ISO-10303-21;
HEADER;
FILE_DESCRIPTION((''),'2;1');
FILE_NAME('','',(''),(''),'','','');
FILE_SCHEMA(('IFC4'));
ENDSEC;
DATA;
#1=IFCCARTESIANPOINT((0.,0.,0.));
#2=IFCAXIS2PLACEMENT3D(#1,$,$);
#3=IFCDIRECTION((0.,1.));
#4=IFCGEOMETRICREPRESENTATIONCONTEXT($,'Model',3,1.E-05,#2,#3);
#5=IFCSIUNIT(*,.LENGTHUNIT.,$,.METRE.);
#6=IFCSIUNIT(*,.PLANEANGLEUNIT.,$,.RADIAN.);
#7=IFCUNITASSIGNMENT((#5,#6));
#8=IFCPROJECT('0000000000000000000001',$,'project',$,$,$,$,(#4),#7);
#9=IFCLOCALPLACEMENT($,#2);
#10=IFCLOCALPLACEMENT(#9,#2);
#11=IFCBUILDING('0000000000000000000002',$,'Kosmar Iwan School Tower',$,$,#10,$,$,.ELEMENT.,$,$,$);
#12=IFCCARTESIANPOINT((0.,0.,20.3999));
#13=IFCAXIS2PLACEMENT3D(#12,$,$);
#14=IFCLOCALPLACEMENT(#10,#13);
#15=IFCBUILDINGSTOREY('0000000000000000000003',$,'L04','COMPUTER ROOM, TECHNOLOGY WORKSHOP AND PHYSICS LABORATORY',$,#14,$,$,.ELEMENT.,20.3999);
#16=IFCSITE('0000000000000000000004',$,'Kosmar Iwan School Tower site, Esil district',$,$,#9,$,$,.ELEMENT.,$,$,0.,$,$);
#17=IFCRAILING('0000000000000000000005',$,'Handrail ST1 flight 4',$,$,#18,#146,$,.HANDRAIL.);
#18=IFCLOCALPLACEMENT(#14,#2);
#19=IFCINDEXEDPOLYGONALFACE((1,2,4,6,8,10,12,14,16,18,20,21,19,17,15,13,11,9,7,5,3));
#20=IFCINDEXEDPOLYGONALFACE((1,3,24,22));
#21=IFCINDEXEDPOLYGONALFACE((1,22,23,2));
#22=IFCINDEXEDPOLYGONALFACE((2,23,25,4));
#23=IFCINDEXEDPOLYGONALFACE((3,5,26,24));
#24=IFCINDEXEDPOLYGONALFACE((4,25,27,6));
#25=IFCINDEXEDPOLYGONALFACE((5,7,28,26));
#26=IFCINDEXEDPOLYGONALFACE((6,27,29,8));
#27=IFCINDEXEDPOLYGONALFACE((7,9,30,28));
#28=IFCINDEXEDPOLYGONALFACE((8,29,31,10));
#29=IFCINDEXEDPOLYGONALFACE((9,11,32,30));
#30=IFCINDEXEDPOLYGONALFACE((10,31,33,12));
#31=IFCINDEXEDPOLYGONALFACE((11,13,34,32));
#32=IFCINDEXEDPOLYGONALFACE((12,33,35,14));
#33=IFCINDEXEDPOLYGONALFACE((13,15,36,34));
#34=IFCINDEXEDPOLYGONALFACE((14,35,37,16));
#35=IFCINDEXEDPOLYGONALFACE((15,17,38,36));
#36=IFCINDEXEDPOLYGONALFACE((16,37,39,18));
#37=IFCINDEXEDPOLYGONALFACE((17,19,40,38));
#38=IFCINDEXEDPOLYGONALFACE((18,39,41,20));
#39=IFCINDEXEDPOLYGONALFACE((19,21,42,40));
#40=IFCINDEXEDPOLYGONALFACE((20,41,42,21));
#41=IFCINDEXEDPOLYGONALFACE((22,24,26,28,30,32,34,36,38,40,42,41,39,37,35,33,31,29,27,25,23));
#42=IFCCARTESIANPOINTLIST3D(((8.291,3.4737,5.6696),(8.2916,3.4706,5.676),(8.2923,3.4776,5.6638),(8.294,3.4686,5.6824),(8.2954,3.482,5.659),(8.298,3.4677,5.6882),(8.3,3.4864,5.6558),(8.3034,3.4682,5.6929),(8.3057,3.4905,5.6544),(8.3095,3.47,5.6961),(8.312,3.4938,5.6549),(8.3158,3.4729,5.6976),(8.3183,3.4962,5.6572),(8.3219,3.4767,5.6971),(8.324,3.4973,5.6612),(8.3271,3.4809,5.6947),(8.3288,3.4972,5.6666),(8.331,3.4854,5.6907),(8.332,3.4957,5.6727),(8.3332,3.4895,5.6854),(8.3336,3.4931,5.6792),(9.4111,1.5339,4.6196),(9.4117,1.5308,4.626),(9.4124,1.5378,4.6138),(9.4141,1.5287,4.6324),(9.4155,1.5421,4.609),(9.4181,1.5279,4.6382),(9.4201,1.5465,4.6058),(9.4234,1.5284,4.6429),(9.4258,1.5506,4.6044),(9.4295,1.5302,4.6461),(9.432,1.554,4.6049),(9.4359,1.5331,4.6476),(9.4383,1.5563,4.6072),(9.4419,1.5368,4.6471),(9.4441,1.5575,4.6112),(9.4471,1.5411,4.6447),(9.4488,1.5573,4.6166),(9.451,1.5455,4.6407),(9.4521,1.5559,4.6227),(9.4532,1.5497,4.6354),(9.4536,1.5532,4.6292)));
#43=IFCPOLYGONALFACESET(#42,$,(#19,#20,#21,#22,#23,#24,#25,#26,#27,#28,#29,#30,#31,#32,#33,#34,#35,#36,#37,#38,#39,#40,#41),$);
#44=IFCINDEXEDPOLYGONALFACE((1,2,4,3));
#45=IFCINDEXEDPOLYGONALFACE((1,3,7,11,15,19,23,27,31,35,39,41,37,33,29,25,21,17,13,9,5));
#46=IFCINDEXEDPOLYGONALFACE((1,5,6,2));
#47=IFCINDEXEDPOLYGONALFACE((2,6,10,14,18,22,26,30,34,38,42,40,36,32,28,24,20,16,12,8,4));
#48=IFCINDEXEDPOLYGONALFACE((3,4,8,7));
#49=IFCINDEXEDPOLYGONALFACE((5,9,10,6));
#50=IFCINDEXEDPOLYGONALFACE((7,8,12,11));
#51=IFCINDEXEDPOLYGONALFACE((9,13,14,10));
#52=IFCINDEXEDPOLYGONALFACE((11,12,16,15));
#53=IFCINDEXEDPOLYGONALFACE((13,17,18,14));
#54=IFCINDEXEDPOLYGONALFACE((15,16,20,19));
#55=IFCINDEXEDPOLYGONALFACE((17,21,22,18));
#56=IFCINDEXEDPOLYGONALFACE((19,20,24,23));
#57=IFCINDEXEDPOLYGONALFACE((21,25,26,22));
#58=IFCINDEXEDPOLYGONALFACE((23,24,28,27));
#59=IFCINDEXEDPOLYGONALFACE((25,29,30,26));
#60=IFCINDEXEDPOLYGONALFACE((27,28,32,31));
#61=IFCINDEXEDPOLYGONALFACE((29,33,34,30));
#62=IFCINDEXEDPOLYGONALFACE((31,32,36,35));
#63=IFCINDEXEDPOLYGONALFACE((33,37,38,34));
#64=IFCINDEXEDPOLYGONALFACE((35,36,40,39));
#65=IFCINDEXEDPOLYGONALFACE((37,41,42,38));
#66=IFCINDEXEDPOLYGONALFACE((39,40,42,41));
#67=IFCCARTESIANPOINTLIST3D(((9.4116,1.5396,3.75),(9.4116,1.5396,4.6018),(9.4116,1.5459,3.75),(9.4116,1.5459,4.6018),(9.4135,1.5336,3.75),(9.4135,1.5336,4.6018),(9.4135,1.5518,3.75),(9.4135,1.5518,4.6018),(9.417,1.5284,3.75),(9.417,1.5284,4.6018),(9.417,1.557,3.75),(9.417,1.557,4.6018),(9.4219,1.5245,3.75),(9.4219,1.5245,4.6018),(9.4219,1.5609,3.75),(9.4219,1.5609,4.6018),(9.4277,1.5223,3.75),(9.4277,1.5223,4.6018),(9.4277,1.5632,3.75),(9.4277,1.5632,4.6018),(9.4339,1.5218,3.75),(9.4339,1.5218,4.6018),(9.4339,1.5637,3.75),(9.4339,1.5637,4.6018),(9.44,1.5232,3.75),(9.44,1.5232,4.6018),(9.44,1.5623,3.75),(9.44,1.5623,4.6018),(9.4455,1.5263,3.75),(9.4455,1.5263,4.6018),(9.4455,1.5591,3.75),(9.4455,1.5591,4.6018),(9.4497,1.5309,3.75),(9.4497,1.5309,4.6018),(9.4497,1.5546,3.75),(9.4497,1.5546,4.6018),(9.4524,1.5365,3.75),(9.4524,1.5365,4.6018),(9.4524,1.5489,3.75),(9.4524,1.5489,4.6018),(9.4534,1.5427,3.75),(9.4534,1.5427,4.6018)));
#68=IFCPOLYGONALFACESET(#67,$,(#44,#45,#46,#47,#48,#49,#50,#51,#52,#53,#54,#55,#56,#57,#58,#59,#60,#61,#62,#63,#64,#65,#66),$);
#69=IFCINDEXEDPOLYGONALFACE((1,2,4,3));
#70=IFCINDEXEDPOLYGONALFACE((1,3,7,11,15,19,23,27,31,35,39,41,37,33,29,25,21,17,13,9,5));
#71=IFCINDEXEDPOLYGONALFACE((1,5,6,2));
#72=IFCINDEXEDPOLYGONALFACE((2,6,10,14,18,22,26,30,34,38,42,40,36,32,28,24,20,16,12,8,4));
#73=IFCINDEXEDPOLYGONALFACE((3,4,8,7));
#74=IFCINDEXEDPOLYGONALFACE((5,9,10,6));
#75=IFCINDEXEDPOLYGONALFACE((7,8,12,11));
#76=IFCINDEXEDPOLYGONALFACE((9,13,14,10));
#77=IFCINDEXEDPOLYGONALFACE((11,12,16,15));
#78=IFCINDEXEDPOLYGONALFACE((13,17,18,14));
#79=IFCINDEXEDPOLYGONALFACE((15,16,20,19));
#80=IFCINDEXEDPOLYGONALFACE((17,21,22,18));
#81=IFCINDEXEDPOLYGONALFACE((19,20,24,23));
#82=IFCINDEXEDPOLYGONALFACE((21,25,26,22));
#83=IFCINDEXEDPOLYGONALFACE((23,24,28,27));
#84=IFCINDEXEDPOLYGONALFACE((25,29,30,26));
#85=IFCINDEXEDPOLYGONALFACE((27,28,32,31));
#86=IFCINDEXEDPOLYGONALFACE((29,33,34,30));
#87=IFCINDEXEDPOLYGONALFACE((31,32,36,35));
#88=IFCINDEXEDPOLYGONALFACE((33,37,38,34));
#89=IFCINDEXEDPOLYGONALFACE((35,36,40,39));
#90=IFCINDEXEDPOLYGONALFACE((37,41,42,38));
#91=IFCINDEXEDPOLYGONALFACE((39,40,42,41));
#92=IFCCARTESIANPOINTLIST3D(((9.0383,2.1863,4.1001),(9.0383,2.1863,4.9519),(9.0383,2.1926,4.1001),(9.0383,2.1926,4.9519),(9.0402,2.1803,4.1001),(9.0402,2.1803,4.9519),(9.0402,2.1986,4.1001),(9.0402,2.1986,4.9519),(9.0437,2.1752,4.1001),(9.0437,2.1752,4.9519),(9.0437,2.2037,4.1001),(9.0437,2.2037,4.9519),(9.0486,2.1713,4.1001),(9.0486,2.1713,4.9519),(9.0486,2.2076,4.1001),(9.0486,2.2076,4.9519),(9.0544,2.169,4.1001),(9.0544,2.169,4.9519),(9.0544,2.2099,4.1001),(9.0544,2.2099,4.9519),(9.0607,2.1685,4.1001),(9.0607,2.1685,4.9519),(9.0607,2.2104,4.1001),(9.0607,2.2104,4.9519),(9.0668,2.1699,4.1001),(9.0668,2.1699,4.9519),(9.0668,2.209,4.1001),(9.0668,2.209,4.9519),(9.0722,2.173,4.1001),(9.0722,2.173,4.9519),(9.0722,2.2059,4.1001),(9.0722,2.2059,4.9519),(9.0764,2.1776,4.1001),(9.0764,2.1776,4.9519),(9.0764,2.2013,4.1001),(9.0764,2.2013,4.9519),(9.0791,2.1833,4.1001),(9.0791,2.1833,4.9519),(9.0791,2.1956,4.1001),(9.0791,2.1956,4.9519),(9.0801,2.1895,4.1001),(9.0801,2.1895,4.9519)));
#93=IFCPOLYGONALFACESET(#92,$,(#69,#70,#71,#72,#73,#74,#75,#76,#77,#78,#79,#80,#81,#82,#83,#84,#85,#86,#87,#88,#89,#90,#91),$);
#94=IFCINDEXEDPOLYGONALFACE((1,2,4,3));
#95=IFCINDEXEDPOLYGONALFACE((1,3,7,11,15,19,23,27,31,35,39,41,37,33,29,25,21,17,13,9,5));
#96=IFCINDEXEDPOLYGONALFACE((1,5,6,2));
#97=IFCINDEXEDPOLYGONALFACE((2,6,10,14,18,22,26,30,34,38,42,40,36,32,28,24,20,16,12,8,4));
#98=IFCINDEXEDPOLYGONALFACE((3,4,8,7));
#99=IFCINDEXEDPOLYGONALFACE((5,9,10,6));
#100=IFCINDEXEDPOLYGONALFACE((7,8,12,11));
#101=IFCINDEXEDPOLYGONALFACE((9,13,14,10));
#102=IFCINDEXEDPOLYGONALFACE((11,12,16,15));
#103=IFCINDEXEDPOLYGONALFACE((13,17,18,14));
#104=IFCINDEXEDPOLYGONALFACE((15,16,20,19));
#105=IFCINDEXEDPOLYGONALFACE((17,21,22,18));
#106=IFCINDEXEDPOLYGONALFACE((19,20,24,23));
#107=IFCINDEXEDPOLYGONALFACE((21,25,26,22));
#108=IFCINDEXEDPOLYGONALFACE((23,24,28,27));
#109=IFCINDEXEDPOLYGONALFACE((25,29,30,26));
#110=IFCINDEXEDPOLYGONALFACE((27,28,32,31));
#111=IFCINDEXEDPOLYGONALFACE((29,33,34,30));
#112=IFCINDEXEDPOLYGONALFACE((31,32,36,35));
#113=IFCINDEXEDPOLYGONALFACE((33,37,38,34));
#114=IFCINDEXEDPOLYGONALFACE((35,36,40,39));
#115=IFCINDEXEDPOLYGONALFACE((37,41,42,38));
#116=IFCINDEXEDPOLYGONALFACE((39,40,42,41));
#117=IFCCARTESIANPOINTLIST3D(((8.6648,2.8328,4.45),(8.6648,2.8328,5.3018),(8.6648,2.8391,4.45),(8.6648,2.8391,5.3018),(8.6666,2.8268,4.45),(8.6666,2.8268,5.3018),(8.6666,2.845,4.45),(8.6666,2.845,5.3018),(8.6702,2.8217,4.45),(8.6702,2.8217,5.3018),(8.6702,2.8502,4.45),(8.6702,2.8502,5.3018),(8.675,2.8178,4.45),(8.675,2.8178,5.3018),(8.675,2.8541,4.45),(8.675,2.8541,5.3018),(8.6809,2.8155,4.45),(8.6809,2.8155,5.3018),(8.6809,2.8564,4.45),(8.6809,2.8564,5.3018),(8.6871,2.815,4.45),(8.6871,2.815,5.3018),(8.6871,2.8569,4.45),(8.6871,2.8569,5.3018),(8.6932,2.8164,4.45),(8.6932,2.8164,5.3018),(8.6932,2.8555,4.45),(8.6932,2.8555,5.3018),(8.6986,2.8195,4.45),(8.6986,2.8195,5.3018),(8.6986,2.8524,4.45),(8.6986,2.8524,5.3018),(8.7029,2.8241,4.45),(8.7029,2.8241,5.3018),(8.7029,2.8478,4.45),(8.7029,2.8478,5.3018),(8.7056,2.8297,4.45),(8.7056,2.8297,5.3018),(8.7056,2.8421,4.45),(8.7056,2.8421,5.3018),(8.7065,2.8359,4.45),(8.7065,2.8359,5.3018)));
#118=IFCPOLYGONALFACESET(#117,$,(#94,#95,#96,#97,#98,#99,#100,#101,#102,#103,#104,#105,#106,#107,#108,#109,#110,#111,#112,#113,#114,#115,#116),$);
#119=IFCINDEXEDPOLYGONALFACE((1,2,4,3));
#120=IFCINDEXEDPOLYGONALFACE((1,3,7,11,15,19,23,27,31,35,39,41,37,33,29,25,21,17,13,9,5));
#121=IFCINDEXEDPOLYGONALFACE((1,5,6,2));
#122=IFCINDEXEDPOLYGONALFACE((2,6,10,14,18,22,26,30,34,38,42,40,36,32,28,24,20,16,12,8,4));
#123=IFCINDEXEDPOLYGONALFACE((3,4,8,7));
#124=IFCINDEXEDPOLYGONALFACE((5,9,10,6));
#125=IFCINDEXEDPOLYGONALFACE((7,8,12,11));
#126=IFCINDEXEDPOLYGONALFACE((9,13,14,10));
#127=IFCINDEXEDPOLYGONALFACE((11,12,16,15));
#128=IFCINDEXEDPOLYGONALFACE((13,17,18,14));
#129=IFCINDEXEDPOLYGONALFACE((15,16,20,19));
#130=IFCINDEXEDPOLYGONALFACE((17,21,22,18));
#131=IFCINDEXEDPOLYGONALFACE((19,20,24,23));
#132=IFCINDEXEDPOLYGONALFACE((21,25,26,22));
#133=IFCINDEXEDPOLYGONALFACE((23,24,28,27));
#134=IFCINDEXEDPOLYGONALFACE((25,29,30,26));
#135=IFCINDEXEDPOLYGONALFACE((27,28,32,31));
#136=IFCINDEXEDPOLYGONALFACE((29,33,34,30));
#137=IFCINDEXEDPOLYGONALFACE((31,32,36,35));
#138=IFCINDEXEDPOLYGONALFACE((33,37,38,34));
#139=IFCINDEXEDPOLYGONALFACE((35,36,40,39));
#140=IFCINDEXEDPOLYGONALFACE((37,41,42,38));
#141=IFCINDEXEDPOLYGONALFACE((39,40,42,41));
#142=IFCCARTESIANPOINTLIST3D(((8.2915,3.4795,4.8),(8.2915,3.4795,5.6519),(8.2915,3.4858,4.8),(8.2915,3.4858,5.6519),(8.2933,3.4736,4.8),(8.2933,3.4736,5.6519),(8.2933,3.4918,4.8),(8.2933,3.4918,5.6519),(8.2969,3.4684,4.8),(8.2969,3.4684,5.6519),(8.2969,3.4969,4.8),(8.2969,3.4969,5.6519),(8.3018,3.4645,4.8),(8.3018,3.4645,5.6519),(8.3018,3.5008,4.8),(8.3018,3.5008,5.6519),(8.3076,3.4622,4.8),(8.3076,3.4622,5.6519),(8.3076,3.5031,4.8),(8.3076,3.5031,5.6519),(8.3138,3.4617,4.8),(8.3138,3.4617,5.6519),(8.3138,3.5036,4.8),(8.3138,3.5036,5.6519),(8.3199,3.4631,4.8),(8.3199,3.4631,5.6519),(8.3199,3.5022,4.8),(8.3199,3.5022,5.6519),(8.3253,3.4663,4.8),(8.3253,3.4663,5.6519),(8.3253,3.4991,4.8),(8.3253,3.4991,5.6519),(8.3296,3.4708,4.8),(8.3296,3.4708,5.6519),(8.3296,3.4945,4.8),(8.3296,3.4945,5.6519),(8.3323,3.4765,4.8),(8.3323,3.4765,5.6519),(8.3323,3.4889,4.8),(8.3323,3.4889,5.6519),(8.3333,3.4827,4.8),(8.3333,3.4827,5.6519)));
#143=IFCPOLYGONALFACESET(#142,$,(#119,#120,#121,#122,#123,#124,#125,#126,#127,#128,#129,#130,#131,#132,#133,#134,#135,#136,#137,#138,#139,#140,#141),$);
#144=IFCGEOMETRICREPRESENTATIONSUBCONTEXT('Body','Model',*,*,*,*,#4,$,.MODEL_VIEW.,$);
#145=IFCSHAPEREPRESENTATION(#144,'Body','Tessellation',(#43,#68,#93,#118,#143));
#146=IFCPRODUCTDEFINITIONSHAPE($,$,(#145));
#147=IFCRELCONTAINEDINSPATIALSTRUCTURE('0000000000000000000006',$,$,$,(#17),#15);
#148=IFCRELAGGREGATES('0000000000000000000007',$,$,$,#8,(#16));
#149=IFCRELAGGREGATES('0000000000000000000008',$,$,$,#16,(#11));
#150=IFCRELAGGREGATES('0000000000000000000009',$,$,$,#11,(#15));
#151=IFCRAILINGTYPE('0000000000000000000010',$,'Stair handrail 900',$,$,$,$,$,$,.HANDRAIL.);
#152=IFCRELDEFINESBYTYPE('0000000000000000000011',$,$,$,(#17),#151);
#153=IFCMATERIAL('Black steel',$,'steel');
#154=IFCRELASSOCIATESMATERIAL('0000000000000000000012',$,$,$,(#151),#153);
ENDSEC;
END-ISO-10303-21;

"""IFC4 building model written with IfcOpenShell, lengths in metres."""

from ifc_helpers import new_model, si_unit, direction, frame, origin, origin_2d, place, context, subcontext, project, spatial, circle, extrude, material, type_object, element, save


model = new_model("IFC4")

# Units and contexts
model_context = context("Model", 3, precision=1e-05, world=origin(), true_north=direction((0.0, 1.0)))
body_context = subcontext(model_context, "Body", "Model", "MODEL_VIEW")
ifc_project = project(units=[si_unit("LENGTHUNIT", "METRE"), si_unit("PLANEANGLEUNIT", "RADIAN")], contexts=[model_context])

# Site, building, storey
site_placement = place(None, origin())
site = spatial("IfcSite", under=ifc_project, at=site_placement, Name="Kosmar Iwan School Tower site, Esil district", CompositionType="ELEMENT", RefElevation=0.0)
building_placement = place(site_placement, origin())
building = spatial("IfcBuilding", under=site, at=building_placement, Name="Kosmar Iwan School Tower", CompositionType="ELEMENT")
storey_placement = place(building_placement, frame((0.0, 0.0, 20.3999)))
storey = spatial("IfcBuildingStorey", under=building, at=storey_placement, Name="L04", Description="COMPUTER ROOM, TECHNOLOGY WORKSHOP AND PHYSICS LABORATORY", CompositionType="ELEMENT", Elevation=20.3999)

# Railing
ifc_material_1 = material(Name="Black steel", Category="steel")
railing_type = type_object("IfcRailingType", Name="Stair handrail 900", PredefinedType="HANDRAIL", material=ifc_material_1)
railing_placement = place(storey_placement, frame((9.4324, 1.5427, 3.75)))
element("IfcRailing", 1, at=railing_placement, inside=storey, type_object=railing_type, Name="Handrail ST1 flight 4", PredefinedType="HANDRAIL", context=body_context, shape_type="SweptSolid", body=[
    extrude(circle(Radius=0.0239, at=origin_2d()), frame((0.0, 0.0, 0.876), z_axis=(-0.452757, 0.784134, 0.424435), x_axis=(-0.866008, -0.500031, 0.0)), (0.0, 0.0, 1.0), 2.4739),
    extrude(circle(Radius=0.021, at=origin_2d()), origin(), (0.0, 0.0, 1.0), 0.8518),
    extrude(circle(Radius=0.021, at=origin_2d()), frame((-0.3733, 0.6467, 0.3501)), (0.0, 0.0, 1.0), 0.8518),
    extrude(circle(Radius=0.021, at=origin_2d()), frame((-0.7468, 1.2932, 0.7)), (0.0, 0.0, 1.0), 0.8518),
    extrude(circle(Radius=0.021, at=origin_2d()), frame((-1.1201, 1.9399, 1.05)), (0.0, 0.0, 1.0), 0.8518),
])

save(model, "model.ifc")
